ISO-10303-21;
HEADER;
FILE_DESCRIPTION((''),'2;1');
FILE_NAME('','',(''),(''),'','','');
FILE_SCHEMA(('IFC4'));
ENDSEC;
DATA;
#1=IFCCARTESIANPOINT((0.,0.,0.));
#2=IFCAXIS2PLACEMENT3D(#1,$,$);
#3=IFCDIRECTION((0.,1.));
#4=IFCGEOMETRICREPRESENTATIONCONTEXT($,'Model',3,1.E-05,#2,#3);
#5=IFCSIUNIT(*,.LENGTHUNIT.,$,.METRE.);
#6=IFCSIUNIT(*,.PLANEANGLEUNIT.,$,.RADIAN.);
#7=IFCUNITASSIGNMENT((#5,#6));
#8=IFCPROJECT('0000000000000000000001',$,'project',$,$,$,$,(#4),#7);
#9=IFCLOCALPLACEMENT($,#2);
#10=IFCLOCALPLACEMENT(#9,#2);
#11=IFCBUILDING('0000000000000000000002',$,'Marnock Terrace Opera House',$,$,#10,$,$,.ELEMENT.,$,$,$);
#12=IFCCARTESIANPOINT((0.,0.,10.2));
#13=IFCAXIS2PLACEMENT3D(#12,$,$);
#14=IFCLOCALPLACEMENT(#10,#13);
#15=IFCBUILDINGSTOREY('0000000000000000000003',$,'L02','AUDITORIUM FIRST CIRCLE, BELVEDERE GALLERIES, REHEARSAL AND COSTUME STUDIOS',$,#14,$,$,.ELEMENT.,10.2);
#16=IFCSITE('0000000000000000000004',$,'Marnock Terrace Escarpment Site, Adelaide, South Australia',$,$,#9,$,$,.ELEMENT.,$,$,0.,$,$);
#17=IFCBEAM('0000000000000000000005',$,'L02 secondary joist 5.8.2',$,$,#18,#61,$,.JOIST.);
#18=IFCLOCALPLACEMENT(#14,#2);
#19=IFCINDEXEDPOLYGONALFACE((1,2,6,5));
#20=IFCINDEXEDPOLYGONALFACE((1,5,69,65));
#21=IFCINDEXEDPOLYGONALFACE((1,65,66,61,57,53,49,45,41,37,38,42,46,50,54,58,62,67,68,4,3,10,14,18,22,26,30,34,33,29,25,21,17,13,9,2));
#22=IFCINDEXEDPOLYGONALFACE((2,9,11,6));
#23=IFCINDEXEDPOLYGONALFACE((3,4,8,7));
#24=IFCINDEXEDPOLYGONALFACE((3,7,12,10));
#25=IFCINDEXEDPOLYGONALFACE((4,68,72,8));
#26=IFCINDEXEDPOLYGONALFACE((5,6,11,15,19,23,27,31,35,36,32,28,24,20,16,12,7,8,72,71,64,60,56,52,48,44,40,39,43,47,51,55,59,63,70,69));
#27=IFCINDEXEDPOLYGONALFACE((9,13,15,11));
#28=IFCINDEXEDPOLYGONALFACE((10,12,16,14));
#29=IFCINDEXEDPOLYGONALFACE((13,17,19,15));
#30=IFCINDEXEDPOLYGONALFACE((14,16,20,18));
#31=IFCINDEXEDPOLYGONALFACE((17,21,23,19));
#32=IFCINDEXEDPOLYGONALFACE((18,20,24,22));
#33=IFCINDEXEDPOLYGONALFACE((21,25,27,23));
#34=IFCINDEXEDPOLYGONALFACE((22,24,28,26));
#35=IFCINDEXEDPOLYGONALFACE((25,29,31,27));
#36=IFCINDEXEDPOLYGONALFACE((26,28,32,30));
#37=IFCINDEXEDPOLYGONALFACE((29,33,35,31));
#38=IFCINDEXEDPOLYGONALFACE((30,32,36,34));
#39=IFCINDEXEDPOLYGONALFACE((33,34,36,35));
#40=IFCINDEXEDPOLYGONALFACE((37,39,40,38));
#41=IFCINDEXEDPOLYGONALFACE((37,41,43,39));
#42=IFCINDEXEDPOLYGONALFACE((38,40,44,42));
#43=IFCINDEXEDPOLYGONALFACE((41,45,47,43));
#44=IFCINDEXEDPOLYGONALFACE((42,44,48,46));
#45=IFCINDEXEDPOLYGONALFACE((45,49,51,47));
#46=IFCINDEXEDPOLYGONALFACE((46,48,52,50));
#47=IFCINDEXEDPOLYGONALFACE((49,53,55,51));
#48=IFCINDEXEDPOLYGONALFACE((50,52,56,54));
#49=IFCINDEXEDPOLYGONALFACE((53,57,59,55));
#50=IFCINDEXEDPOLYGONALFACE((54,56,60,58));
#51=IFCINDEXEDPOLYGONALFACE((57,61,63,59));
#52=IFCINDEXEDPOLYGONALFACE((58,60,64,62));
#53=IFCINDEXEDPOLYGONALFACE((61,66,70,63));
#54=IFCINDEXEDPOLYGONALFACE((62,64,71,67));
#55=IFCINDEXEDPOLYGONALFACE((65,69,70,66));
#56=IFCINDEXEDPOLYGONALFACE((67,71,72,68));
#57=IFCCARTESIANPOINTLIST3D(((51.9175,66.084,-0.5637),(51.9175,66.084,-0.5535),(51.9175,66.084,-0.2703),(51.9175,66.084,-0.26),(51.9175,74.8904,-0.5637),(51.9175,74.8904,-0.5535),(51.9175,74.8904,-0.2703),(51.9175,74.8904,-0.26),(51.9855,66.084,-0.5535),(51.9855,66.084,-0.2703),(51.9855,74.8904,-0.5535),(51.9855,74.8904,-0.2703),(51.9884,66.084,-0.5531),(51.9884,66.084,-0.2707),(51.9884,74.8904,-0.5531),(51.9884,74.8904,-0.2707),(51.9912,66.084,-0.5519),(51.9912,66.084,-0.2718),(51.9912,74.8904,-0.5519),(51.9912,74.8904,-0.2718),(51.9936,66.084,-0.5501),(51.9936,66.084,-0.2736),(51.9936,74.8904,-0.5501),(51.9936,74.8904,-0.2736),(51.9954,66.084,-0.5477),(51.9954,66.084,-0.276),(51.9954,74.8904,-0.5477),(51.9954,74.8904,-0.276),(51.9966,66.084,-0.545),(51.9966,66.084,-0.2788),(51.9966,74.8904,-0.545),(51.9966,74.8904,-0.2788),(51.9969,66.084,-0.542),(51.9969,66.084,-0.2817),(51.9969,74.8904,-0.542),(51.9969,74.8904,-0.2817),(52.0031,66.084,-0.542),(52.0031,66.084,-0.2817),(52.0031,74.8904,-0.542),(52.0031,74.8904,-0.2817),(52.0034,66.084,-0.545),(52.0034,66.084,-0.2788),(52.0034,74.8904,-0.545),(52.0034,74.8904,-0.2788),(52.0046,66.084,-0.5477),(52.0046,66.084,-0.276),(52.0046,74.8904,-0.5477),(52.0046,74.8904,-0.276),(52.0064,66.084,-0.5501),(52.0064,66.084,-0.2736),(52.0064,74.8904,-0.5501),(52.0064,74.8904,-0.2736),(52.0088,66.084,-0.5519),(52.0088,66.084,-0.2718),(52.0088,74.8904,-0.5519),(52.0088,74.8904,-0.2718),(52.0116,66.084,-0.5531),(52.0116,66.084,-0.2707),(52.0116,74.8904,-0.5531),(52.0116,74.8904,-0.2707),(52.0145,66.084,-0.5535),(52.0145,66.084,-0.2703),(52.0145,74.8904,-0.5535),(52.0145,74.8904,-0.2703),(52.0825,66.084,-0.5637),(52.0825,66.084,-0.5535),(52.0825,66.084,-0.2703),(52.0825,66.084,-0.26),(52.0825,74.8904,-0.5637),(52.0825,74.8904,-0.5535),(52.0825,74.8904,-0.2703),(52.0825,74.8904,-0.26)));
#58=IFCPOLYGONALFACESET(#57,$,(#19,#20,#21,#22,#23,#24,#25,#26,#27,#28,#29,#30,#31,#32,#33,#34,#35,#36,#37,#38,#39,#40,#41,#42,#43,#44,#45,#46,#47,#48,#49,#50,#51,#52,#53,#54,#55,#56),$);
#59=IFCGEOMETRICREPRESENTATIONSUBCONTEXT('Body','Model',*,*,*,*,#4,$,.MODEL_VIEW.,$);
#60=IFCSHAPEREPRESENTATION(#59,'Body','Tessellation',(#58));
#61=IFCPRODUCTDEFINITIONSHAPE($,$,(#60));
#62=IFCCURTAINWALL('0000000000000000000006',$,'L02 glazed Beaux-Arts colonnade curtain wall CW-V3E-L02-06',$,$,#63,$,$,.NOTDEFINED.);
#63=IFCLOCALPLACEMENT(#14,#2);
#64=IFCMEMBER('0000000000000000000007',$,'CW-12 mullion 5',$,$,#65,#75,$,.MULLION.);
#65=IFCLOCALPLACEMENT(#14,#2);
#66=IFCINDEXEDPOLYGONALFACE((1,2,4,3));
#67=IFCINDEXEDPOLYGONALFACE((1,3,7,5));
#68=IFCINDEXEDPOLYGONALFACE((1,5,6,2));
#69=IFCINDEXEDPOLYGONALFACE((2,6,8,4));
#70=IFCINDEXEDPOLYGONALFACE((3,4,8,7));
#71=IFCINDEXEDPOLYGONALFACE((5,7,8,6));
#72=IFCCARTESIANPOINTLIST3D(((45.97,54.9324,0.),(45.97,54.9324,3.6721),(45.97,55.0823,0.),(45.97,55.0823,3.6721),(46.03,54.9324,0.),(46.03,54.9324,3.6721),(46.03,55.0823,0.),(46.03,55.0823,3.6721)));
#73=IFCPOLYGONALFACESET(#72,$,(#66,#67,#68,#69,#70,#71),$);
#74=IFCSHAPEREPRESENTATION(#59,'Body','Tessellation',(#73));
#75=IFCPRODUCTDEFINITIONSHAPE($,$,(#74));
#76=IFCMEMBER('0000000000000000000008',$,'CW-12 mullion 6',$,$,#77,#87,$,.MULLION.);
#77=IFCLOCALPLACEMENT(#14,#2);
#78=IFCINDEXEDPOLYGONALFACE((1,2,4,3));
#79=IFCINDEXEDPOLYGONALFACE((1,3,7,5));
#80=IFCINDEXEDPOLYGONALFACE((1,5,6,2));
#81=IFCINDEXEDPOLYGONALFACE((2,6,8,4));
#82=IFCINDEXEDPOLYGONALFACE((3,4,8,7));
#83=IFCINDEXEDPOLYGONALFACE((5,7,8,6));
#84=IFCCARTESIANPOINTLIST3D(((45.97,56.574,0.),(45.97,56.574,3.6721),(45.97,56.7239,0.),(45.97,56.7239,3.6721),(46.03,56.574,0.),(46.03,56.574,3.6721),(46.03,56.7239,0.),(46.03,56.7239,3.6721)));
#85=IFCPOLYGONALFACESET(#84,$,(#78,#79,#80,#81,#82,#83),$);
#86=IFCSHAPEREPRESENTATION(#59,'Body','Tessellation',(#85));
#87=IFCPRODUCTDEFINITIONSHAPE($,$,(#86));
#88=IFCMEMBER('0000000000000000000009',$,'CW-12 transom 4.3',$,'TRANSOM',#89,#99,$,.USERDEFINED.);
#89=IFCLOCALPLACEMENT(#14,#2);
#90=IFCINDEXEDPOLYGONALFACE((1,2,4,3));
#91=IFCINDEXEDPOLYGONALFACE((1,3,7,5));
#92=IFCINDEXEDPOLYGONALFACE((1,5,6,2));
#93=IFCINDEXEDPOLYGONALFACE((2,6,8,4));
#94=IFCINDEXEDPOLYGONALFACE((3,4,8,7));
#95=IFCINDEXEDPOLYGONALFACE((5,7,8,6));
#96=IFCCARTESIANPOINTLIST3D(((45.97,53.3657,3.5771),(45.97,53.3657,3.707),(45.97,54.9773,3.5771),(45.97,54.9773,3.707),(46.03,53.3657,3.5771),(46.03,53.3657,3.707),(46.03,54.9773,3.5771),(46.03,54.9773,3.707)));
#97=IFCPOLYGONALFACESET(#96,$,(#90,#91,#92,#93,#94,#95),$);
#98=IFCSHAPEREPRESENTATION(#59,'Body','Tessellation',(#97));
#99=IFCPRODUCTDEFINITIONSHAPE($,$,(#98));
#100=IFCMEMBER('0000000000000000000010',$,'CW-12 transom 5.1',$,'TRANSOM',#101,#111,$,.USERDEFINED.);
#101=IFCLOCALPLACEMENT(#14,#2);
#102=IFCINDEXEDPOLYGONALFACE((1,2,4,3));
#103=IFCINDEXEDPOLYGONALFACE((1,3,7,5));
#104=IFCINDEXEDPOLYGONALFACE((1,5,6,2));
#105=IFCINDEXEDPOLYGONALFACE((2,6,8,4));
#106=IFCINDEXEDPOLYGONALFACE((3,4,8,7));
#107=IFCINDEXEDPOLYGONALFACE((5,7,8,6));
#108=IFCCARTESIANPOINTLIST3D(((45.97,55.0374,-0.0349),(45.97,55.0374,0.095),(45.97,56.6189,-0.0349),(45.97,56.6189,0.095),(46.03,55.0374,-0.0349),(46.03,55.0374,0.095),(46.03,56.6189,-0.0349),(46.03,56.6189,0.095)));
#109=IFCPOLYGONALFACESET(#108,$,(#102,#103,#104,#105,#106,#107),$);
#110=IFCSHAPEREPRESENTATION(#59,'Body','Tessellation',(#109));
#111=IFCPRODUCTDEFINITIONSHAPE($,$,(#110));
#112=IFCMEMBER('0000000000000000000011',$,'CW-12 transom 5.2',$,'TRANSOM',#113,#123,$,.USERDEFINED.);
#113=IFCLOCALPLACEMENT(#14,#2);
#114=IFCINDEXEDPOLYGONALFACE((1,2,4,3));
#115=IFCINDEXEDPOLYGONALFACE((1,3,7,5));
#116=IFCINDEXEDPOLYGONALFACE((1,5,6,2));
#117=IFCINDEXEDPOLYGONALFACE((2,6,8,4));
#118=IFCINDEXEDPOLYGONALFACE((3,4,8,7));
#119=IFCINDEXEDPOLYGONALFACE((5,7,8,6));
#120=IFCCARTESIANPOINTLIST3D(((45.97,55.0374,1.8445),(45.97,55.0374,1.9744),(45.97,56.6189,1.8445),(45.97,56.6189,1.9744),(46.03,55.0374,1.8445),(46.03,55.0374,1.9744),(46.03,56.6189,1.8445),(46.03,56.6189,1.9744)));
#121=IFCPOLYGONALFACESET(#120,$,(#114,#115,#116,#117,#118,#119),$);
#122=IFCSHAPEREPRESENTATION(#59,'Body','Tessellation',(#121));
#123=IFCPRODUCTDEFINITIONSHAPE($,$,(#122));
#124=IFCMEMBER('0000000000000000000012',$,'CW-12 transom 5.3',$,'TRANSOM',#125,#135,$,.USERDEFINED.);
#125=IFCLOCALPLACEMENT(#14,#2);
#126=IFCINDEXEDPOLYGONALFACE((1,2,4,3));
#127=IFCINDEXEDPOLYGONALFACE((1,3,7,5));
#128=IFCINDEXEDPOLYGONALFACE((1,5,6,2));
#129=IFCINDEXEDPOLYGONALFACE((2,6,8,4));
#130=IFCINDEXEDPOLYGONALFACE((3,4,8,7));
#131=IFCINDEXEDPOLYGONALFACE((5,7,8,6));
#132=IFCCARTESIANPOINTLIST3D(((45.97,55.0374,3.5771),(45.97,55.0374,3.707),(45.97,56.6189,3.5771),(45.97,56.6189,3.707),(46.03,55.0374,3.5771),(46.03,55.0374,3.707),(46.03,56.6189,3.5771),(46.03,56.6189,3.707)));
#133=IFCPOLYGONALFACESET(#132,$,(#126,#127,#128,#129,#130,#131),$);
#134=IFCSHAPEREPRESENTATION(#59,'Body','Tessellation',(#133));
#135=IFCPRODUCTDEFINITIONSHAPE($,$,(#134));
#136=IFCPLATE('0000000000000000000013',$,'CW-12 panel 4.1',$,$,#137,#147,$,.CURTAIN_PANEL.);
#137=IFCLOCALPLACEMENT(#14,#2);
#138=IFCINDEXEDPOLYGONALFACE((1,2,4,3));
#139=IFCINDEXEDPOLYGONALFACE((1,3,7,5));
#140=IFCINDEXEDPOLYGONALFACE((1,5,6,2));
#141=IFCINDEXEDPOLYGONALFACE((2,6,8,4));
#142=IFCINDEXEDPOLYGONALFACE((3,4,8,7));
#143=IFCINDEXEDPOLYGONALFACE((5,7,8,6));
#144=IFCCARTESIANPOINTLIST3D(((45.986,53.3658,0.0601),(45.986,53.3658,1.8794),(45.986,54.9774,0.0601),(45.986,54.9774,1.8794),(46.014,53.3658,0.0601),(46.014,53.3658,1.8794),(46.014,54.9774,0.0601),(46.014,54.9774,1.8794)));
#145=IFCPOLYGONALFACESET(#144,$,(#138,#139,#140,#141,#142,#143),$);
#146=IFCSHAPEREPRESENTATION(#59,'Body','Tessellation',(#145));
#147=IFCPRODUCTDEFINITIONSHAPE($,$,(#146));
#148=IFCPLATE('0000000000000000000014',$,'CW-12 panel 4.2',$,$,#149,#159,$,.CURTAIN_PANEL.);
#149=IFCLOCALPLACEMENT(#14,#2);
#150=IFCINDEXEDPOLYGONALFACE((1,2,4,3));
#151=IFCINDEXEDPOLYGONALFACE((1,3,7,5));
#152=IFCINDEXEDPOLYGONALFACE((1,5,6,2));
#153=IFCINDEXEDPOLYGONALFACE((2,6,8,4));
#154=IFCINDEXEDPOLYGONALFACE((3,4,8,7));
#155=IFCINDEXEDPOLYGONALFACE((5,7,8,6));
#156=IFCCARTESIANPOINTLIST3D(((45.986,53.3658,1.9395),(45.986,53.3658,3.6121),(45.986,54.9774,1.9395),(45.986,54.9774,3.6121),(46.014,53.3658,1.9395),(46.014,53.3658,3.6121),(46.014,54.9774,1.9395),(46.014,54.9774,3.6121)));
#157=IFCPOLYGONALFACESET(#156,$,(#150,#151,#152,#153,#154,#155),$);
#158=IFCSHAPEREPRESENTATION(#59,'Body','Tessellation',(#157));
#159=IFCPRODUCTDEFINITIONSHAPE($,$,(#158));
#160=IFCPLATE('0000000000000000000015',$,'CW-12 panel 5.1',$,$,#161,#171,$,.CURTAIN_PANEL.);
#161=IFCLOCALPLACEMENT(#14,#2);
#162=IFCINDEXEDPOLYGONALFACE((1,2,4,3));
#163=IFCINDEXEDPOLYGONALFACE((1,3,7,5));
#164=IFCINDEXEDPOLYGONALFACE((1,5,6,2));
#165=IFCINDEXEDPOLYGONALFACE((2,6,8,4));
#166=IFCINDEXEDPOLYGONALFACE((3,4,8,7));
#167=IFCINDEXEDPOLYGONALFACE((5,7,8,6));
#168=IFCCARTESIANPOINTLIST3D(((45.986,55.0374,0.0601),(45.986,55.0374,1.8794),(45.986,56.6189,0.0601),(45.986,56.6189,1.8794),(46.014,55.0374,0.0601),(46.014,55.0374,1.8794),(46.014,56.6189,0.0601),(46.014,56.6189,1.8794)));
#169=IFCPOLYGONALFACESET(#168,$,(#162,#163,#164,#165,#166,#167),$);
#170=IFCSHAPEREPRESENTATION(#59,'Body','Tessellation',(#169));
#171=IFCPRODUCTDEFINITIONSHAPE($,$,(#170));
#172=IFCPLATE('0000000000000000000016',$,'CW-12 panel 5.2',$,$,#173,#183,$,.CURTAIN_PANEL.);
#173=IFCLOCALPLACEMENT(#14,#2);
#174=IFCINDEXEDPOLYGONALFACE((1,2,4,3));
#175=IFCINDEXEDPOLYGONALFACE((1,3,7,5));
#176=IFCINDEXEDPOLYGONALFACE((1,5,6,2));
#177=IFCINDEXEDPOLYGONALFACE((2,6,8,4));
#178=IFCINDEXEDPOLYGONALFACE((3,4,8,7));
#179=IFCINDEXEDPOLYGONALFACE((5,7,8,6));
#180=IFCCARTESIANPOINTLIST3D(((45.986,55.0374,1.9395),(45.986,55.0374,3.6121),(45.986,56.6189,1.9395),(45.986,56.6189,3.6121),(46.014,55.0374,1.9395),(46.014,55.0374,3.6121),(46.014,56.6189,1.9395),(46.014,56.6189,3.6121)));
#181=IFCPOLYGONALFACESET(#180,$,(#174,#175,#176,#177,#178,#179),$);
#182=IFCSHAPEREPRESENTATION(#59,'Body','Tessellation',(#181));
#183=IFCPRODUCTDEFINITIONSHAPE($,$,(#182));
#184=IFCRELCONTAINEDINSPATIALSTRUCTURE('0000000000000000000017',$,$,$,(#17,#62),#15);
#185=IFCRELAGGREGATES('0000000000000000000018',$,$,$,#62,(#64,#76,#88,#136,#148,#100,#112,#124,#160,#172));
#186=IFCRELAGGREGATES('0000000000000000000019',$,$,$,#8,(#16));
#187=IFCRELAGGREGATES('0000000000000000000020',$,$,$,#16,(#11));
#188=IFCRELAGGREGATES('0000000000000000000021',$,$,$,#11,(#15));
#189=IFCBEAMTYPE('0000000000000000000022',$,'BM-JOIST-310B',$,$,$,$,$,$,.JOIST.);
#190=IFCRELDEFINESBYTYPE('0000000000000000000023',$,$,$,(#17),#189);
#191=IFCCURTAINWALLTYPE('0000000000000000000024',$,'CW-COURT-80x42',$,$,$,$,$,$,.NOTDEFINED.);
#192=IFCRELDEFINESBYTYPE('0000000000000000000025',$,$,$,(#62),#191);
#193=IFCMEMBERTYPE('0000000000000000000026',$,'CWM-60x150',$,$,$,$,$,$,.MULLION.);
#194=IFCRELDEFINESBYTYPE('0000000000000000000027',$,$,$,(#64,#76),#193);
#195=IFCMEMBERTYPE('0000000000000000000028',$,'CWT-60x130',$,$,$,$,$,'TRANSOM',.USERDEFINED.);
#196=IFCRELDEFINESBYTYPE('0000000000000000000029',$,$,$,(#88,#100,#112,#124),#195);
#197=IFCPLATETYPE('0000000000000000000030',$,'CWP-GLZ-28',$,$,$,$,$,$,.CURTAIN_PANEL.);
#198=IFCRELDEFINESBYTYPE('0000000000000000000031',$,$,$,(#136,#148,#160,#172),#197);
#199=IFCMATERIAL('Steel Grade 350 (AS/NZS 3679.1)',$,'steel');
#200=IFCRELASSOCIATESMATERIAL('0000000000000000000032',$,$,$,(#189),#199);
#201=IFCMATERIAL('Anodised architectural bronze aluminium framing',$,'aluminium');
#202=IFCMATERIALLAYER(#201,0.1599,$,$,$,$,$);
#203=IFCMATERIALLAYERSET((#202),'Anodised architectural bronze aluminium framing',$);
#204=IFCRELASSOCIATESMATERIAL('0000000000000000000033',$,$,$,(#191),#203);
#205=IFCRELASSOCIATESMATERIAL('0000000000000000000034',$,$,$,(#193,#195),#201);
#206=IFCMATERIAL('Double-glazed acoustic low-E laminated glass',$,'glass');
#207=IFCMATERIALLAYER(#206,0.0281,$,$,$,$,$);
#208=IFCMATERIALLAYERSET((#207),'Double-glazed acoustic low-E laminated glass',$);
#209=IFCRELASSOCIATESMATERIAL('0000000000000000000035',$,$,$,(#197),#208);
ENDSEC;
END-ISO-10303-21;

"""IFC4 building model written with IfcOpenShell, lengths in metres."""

from ifc_helpers import new_model, si_unit, direction, frame, origin, origin_2d, place, context, subcontext, project, spatial, rectangle, i_section, extrude, material, layer, layer_set, material_profile, profile_set, type_object, element, aggregate, save


model = new_model("IFC4")

# Units and contexts
model_context = context("Model", 3, precision=1e-05, world=origin(), true_north=direction((0.0, 1.0)))
body_context = subcontext(model_context, "Body", "Model", "MODEL_VIEW")
ifc_project = project(units=[si_unit("LENGTHUNIT", "METRE"), si_unit("PLANEANGLEUNIT", "RADIAN")], contexts=[model_context])

# Site, building, storey
site_placement = place(None, origin())
site = spatial("IfcSite", under=ifc_project, at=site_placement, Name="Marnock Terrace Escarpment Site, Adelaide, South Australia", CompositionType="ELEMENT", RefElevation=0.0)
building_placement = place(site_placement, origin())
building = spatial("IfcBuilding", under=site, at=building_placement, Name="Marnock Terrace Opera House", CompositionType="ELEMENT")
storey_placement = place(building_placement, frame((0.0, 0.0, 10.2)))
storey = spatial("IfcBuildingStorey", under=building, at=storey_placement, Name="L02", Description="AUDITORIUM FIRST CIRCLE, BELVEDERE GALLERIES, REHEARSAL AND COSTUME STUDIOS", CompositionType="ELEMENT", Elevation=10.2)

# Beam
ifc_material_1 = material(Name="Steel Grade 350 (AS/NZS 3679.1)", Category="steel")
ifc_material_profile_1 = material_profile(ifc_material_1, i_section(OverallWidth=0.165, OverallDepth=0.3037, WebThickness=0.0061, FlangeThickness=0.0103, FilletRadius=0.0115, at=origin_2d()))
ifc_profile_set_1 = profile_set([ifc_material_profile_1], Name="Steel Grade 350 (AS/NZS 3679.1)")
beam_type_1 = type_object("IfcBeamType", Name="BM-JOIST-310B", PredefinedType="JOIST", material=ifc_profile_set_1)
for number, where, z_axis, x_axis, name in (
    (1, (52.0, 66.084, -0.4119), (0.0, 1.0, 0.0), (-1.0, 0.0, 0.0), "L02 secondary joist 5.8.2"),
):
    element("IfcBeam", number, at=place(storey_placement, frame(where, z_axis=z_axis, x_axis=x_axis)), inside=storey, type_object=beam_type_1, Name=name, PredefinedType="JOIST", context=body_context, shape_type="SweptSolid", body=[
        extrude(i_section(OverallWidth=0.165, OverallDepth=0.3037, WebThickness=0.0061, FlangeThickness=0.0103, FilletRadius=0.0115, at=origin_2d()), origin(), (0.0, 0.0, 1.0), 8.8064),
    ])

# Curtain wall, members, plates
ifc_material_2 = material(Name="Anodised architectural bronze aluminium framing", Category="aluminium")
ifc_layer_1 = layer(ifc_material_2, 0.1599)
ifc_layer_set_1 = layer_set([ifc_layer_1], Name="Anodised architectural bronze aluminium framing")
curtain_wall_type = type_object("IfcCurtainWallType", Name="CW-COURT-80x42", PredefinedType="NOTDEFINED", material=ifc_layer_set_1)
curtain_wall_placement = place(storey_placement, origin())
curtain_wall = element("IfcCurtainWall", 2, at=curtain_wall_placement, inside=storey, type_object=curtain_wall_type, Name="L02 glazed Beaux-Arts colonnade curtain wall CW-V3E-L02-06", PredefinedType="NOTDEFINED")
ifc_material_profile_2 = material_profile(ifc_material_2, rectangle(XDim=0.0601, YDim=0.1499, at=origin_2d()))
ifc_profile_set_2 = profile_set([ifc_material_profile_2], Name="Anodised architectural bronze aluminium framing")
member_type_1 = type_object("IfcMemberType", Name="CWM-60x150", PredefinedType="MULLION", material=ifc_profile_set_2)
member_1_placement = place(storey_placement, frame((46.0, 55.0073, 0.0), z_axis=(0.0, 0.0, 1.0), x_axis=(-1.0, 0.0, 0.0)))
member_1 = element("IfcMember", 3, at=member_1_placement, type_object=member_type_1, Name="CW-12 mullion 5", PredefinedType="MULLION", context=body_context, shape_type="SweptSolid", body=[
    extrude(rectangle(XDim=0.0601, YDim=0.1499, at=origin_2d()), origin(), (0.0, 0.0, 1.0), 3.6721),
])
member_2_placement = place(storey_placement, frame((46.0, 56.6489, 0.0), z_axis=(0.0, 0.0, 1.0), x_axis=(-1.0, 0.0, 0.0)))
member_2 = element("IfcMember", 4, at=member_2_placement, type_object=member_type_1, Name="CW-12 mullion 6", PredefinedType="MULLION", context=body_context, shape_type="SweptSolid", body=[
    extrude(rectangle(XDim=0.0601, YDim=0.1499, at=origin_2d()), origin(), (0.0, 0.0, 1.0), 3.6721),
])
ifc_material_profile_3 = material_profile(ifc_material_2, rectangle(XDim=0.0601, YDim=0.1299, at=origin_2d()))
ifc_profile_set_3 = profile_set([ifc_material_profile_3], Name="Anodised architectural bronze aluminium framing")
member_type_2 = type_object("IfcMemberType", Name="CWT-60x130", ElementType="TRANSOM", PredefinedType="USERDEFINED", material=ifc_profile_set_3)
member_3_placement = place(storey_placement, frame((46.0, 53.3657, 3.6421), z_axis=(0.0, 1.0, 0.0), x_axis=(-1.0, 0.0, 0.0)))
member_3 = element("IfcMember", 5, at=member_3_placement, type_object=member_type_2, Name="CW-12 transom 4.3", ObjectType="TRANSOM", PredefinedType="USERDEFINED", context=body_context, shape_type="SweptSolid", body=[
    extrude(rectangle(XDim=0.0601, YDim=0.1299, at=origin_2d()), origin(), (0.0, 0.0, 1.0), 1.6116),
])
member_4_placement = place(storey_placement, frame((46.0, 55.0374, 0.03), z_axis=(0.0, 1.0, 0.0), x_axis=(-1.0, 0.0, 0.0)))
member_4 = element("IfcMember", 6, at=member_4_placement, type_object=member_type_2, Name="CW-12 transom 5.1", ObjectType="TRANSOM", PredefinedType="USERDEFINED", context=body_context, shape_type="SweptSolid", body=[
    extrude(rectangle(XDim=0.0601, YDim=0.1299, at=origin_2d()), origin(), (0.0, 0.0, 1.0), 1.5815),
])
member_5_placement = place(storey_placement, frame((46.0, 55.0374, 1.9094), z_axis=(0.0, 1.0, 0.0), x_axis=(-1.0, 0.0, 0.0)))
member_5 = element("IfcMember", 7, at=member_5_placement, type_object=member_type_2, Name="CW-12 transom 5.2", ObjectType="TRANSOM", PredefinedType="USERDEFINED", context=body_context, shape_type="SweptSolid", body=[
    extrude(rectangle(XDim=0.0601, YDim=0.1299, at=origin_2d()), origin(), (0.0, 0.0, 1.0), 1.5815),
])
member_6_placement = place(storey_placement, frame((46.0, 55.0374, 3.6421), z_axis=(0.0, 1.0, 0.0), x_axis=(-1.0, 0.0, 0.0)))
member_6 = element("IfcMember", 8, at=member_6_placement, type_object=member_type_2, Name="CW-12 transom 5.3", ObjectType="TRANSOM", PredefinedType="USERDEFINED", context=body_context, shape_type="SweptSolid", body=[
    extrude(rectangle(XDim=0.0601, YDim=0.1299, at=origin_2d()), origin(), (0.0, 0.0, 1.0), 1.5815),
])
ifc_material_3 = material(Name="Double-glazed acoustic low-E laminated glass", Category="glass")
ifc_layer_2 = layer(ifc_material_3, 0.0281)
ifc_layer_set_2 = layer_set([ifc_layer_2], Name="Double-glazed acoustic low-E laminated glass")
plate_type = type_object("IfcPlateType", Name="CWP-GLZ-28", PredefinedType="CURTAIN_PANEL", material=ifc_layer_set_2)
plate_1_placement = place(storey_placement, frame((46.0, 54.1716, 0.0601), z_axis=(0.0, 0.0, 1.0), x_axis=(0.0, 1.0, 0.0)))
plate_1 = element("IfcPlate", 9, at=plate_1_placement, type_object=plate_type, Name="CW-12 panel 4.1", PredefinedType="CURTAIN_PANEL", context=body_context, shape_type="SweptSolid", body=[
    extrude(rectangle(XDim=1.6116, YDim=0.0281, at=origin_2d()), origin(), (0.0, 0.0, 1.0), 1.8193),
])
plate_2_placement = place(storey_placement, frame((46.0, 54.1716, 1.9395), z_axis=(0.0, 0.0, 1.0), x_axis=(0.0, 1.0, 0.0)))
plate_2 = element("IfcPlate", 10, at=plate_2_placement, type_object=plate_type, Name="CW-12 panel 4.2", PredefinedType="CURTAIN_PANEL", context=body_context, shape_type="SweptSolid", body=[
    extrude(rectangle(XDim=1.6116, YDim=0.0281, at=origin_2d()), origin(), (0.0, 0.0, 1.0), 1.6726),
])
plate_3_placement = place(storey_placement, frame((46.0, 55.8281, 0.0601), z_axis=(0.0, 0.0, 1.0), x_axis=(0.0, 1.0, 0.0)))
plate_3 = element("IfcPlate", 11, at=plate_3_placement, type_object=plate_type, Name="CW-12 panel 5.1", PredefinedType="CURTAIN_PANEL", context=body_context, shape_type="SweptSolid", body=[
    extrude(rectangle(XDim=1.5815, YDim=0.0281, at=origin_2d()), origin(), (0.0, 0.0, 1.0), 1.8193),
])
plate_4_placement = place(storey_placement, frame((46.0, 55.8281, 1.9395), z_axis=(0.0, 0.0, 1.0), x_axis=(0.0, 1.0, 0.0)))
plate_4 = element("IfcPlate", 12, at=plate_4_placement, type_object=plate_type, Name="CW-12 panel 5.2", PredefinedType="CURTAIN_PANEL", context=body_context, shape_type="SweptSolid", body=[
    extrude(rectangle(XDim=1.5815, YDim=0.0281, at=origin_2d()), origin(), (0.0, 0.0, 1.0), 1.6726),
])
aggregate(curtain_wall, [member_1, member_2, member_3, plate_1, plate_2, member_4, member_5, member_6, plate_3, plate_4])

save(model, "model.ifc")
